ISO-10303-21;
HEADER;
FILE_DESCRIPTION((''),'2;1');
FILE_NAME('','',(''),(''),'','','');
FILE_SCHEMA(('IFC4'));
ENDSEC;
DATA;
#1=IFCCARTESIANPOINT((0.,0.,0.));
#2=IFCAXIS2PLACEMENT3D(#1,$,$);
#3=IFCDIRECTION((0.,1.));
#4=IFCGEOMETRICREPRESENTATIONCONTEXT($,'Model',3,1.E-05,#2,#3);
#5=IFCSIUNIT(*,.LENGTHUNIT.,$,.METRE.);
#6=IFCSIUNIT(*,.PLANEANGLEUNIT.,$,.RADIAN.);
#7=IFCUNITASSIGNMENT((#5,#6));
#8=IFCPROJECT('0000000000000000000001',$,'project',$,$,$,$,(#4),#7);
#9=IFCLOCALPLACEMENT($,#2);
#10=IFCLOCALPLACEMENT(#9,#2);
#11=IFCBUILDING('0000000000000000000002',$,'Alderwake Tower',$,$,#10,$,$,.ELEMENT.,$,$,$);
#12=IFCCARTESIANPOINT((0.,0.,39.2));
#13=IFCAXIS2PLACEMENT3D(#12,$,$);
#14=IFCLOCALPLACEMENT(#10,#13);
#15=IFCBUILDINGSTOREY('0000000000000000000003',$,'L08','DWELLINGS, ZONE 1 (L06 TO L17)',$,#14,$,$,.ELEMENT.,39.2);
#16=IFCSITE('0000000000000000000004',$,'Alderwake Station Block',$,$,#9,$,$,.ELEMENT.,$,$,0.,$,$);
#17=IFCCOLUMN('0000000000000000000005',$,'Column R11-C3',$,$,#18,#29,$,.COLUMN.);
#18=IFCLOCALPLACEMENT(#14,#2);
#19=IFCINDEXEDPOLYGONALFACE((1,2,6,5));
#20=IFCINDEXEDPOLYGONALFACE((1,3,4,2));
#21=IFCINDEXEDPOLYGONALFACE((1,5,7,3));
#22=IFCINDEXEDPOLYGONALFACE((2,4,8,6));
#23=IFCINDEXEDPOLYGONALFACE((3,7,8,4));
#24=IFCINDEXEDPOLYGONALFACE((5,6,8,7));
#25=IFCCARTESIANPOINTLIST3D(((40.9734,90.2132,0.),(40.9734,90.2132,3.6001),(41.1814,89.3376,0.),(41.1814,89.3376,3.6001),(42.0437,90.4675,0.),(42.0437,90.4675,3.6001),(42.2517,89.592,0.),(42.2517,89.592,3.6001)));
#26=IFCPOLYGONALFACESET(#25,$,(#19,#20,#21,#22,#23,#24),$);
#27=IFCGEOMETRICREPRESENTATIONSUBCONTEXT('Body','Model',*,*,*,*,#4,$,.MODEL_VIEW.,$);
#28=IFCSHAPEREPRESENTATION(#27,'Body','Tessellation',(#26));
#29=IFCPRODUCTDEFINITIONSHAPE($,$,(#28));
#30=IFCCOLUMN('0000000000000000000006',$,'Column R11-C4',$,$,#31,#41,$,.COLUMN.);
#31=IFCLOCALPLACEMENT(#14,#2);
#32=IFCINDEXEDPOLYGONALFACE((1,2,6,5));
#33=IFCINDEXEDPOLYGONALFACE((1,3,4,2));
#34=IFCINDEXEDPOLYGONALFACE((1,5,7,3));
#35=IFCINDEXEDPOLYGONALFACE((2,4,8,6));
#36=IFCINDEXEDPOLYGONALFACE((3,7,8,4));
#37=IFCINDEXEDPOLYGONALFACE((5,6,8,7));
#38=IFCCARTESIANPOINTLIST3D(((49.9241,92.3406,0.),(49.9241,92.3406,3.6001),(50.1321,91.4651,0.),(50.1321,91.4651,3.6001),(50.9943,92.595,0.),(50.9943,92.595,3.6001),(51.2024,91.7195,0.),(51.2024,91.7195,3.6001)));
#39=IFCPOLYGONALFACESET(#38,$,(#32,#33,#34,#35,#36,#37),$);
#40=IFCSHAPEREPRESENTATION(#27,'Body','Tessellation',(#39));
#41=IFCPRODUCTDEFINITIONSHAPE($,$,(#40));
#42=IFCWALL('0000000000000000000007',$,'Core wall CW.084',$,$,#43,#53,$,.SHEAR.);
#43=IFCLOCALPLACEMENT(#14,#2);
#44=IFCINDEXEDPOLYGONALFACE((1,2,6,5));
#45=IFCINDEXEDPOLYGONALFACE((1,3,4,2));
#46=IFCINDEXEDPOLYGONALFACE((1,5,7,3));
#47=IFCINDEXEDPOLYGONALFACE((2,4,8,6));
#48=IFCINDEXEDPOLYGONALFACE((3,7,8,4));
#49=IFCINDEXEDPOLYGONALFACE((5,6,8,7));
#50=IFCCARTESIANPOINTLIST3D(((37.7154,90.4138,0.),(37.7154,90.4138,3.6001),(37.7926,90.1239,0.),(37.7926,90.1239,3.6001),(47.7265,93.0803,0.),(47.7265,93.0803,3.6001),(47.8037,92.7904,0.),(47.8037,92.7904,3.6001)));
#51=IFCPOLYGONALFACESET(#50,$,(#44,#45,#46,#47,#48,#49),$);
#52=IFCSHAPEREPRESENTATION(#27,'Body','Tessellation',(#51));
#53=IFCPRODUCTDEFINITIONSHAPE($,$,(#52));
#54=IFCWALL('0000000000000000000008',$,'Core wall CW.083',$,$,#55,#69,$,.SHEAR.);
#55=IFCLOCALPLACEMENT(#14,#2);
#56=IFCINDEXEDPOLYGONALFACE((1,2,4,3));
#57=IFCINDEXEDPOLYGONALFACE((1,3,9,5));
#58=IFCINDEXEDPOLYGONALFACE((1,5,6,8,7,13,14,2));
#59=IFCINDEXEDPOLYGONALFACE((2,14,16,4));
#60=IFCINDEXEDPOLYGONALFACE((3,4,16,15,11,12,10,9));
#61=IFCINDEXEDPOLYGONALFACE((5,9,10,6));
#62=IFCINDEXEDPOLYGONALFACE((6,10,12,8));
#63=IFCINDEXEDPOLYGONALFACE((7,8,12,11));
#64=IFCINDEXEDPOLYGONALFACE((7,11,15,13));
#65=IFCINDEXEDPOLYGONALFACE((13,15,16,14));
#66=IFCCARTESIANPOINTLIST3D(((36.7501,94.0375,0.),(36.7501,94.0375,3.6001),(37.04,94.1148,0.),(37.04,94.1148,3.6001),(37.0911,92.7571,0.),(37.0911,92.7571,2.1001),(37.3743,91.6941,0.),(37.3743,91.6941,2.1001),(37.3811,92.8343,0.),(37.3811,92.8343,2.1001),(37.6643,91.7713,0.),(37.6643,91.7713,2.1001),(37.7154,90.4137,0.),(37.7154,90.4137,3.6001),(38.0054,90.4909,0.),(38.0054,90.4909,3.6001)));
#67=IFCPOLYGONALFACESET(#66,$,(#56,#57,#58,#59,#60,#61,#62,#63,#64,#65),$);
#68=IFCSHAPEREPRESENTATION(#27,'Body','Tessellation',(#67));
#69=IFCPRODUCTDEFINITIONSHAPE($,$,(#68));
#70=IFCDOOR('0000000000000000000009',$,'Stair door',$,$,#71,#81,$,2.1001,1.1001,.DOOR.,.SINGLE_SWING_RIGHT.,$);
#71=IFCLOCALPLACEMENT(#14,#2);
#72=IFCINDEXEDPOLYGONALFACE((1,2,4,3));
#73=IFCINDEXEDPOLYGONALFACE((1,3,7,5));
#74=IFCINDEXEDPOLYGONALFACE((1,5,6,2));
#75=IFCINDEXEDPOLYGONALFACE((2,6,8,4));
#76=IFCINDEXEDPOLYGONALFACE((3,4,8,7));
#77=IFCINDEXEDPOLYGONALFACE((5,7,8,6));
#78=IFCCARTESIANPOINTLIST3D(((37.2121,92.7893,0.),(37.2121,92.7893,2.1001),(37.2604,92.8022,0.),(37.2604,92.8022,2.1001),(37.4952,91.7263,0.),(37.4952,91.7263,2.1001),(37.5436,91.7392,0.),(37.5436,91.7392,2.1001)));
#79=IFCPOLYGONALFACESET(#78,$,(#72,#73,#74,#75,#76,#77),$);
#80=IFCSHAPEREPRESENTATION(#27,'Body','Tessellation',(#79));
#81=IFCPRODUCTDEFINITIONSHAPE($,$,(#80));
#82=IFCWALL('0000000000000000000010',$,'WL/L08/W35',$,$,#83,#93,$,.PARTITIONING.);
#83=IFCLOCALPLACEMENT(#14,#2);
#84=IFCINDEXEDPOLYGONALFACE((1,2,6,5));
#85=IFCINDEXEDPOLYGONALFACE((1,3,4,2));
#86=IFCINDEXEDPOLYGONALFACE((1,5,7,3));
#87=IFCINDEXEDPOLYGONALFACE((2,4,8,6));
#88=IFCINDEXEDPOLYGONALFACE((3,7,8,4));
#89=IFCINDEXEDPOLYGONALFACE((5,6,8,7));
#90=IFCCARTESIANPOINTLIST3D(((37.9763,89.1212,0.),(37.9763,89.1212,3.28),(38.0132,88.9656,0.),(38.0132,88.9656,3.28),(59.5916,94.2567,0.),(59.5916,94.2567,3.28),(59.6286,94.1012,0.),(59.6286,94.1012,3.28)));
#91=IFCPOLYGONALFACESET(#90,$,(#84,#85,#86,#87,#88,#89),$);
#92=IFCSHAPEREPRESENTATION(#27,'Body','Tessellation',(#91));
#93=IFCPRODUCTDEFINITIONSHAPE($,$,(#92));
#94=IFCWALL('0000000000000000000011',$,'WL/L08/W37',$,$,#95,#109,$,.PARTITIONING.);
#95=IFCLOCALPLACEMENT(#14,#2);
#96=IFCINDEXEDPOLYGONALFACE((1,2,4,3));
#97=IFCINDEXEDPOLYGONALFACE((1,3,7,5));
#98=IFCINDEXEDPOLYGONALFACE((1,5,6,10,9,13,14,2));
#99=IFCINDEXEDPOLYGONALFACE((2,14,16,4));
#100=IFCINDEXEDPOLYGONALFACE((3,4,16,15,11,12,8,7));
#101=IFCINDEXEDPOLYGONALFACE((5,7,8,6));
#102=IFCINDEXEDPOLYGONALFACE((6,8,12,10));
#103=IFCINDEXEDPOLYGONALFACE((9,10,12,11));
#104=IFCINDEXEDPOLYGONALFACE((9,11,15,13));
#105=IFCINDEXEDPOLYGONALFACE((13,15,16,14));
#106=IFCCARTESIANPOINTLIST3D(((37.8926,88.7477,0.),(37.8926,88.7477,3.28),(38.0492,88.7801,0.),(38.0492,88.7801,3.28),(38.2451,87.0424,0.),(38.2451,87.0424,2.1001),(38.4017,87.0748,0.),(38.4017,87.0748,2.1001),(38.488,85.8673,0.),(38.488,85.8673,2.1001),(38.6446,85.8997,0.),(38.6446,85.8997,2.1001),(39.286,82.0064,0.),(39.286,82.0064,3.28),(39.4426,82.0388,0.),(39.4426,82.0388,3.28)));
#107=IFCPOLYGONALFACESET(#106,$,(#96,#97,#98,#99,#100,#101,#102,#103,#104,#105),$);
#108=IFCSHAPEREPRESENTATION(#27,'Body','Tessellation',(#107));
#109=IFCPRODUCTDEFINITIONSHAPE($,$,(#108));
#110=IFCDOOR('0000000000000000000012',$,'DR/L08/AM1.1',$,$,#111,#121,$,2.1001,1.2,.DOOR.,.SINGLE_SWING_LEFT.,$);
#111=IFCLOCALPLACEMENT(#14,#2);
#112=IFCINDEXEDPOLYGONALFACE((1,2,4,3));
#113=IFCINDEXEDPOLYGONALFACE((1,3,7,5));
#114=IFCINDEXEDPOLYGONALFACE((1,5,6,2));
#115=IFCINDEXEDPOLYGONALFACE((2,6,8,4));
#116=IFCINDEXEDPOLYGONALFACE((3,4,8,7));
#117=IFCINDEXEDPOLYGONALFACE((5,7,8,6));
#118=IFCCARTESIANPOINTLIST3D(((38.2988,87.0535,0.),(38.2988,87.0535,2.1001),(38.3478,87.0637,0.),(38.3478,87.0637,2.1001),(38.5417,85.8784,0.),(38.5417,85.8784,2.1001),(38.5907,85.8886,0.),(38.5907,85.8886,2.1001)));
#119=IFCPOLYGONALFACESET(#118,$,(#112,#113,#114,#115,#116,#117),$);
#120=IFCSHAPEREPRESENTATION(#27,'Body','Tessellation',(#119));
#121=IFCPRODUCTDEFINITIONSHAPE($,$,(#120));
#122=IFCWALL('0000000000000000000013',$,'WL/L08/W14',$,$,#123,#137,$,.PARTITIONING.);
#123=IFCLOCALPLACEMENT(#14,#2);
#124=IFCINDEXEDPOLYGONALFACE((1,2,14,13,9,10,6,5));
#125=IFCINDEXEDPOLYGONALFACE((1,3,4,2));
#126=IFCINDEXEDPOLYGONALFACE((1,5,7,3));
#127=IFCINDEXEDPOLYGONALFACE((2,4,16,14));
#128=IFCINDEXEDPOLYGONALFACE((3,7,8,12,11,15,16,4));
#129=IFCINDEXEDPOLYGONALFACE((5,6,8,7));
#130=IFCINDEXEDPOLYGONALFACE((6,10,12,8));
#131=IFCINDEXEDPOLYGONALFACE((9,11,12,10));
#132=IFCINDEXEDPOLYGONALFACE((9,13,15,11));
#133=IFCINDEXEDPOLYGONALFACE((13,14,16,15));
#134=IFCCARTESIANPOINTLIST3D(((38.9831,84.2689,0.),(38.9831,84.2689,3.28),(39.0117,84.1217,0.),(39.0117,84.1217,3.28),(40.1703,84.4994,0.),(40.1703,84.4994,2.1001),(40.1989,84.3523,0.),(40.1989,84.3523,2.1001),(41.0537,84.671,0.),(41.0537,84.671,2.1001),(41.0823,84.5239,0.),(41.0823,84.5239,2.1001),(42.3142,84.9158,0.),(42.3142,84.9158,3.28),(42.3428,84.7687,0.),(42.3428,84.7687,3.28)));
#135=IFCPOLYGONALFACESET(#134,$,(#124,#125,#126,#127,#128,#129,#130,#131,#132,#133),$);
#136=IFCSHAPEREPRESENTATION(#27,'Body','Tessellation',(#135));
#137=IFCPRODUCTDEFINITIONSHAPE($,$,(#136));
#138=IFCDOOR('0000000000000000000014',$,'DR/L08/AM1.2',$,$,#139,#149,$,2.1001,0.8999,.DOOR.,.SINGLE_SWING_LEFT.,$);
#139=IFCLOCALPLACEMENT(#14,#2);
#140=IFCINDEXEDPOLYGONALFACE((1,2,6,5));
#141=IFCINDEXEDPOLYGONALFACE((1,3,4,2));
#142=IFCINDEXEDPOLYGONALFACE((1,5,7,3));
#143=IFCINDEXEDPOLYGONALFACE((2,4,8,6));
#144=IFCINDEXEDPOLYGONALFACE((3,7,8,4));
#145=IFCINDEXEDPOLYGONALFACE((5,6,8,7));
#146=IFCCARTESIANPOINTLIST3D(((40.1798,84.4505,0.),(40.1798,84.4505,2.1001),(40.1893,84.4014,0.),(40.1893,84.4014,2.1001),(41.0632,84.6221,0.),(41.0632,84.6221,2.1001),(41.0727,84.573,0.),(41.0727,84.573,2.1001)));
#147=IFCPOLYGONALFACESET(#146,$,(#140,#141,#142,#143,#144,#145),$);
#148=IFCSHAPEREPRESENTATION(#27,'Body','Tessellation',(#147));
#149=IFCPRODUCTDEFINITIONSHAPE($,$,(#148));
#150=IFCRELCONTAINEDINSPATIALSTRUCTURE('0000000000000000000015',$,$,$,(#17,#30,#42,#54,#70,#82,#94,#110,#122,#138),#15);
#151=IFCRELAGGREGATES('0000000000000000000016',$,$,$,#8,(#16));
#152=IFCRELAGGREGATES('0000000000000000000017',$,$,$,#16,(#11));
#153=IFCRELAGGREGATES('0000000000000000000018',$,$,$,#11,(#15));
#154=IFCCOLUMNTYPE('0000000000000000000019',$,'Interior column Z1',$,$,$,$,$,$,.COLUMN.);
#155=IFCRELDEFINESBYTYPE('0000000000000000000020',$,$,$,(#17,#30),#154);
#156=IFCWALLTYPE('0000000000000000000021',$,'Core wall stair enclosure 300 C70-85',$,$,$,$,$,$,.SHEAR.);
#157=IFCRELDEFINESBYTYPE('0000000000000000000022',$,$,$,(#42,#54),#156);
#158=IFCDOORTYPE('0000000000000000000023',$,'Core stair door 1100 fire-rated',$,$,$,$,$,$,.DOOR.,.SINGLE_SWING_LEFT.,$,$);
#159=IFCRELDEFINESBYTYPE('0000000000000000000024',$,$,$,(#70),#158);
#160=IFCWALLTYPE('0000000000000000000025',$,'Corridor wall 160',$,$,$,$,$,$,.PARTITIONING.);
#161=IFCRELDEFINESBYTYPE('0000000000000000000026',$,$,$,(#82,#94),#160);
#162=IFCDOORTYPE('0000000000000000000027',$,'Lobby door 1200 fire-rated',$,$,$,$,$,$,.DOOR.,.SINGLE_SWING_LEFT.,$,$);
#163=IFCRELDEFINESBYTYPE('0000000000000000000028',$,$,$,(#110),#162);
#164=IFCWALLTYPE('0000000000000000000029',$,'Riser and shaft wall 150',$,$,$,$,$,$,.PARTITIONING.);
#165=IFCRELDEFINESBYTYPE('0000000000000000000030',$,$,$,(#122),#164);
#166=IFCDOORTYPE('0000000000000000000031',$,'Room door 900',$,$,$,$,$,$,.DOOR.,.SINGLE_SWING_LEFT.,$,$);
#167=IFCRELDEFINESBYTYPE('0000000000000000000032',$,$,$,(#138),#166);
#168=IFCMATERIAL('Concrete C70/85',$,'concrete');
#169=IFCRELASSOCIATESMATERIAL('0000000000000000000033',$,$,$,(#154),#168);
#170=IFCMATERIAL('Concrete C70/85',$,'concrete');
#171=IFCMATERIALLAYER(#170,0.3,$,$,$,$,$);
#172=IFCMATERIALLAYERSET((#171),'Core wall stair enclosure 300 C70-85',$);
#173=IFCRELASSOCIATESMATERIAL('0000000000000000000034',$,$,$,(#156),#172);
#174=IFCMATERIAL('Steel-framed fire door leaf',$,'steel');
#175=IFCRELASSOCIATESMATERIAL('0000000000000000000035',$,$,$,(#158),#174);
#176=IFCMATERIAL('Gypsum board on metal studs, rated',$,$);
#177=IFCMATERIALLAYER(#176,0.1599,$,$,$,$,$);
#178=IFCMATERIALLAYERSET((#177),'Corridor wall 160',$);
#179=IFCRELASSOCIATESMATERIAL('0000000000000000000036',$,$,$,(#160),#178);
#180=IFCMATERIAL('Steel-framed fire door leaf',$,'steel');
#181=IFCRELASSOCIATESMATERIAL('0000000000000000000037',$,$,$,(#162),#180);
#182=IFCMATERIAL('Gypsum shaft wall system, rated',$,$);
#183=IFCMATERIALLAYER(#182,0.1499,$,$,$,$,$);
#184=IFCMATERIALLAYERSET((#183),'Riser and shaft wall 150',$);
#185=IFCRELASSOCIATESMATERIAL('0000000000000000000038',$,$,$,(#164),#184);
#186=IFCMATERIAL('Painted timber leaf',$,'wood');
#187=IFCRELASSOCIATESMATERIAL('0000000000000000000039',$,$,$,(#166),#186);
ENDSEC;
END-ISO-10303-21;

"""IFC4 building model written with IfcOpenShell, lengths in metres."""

from ifc_helpers import new_model, si_unit, direction, frame, frame_2d, origin, origin_2d, place, context, subcontext, project, spatial, rectangle, extrude, material, layer, layer_set, material_profile, profile_set, type_object, element, fill, save


model = new_model("IFC4")

# Units and contexts
model_context = context("Model", 3, precision=1e-05, world=origin(), true_north=direction((0.0, 1.0)))
body_context = subcontext(model_context, "Body", "Model", "MODEL_VIEW")
ifc_project = project(units=[si_unit("LENGTHUNIT", "METRE"), si_unit("PLANEANGLEUNIT", "RADIAN")], contexts=[model_context])

# Site, building, storey
site_placement = place(None, origin())
site = spatial("IfcSite", under=ifc_project, at=site_placement, Name="Alderwake Station Block", CompositionType="ELEMENT", RefElevation=0.0)
building_placement = place(site_placement, origin())
building = spatial("IfcBuilding", under=site, at=building_placement, Name="Alderwake Tower", CompositionType="ELEMENT")
storey_placement = place(building_placement, frame((0.0, 0.0, 39.2)))
storey = spatial("IfcBuildingStorey", under=building, at=storey_placement, Name="L08", Description="DWELLINGS, ZONE 1 (L06 TO L17)", CompositionType="ELEMENT", Elevation=39.2)

# Columns
ifc_material_1 = material(Name="Concrete C70/85", Category="concrete")
ifc_material_profile = material_profile(ifc_material_1, rectangle(XDim=0.8999, YDim=1.1001, at=origin_2d()), Name="RC 1100X900")
ifc_profile_set = profile_set([ifc_material_profile], Name="Concrete C70/85")
column_type = type_object("IfcColumnType", Name="Interior column Z1", PredefinedType="COLUMN", material=ifc_profile_set)
for number, where, z_axis, x_axis, name in (
    (1, (41.6125, 89.9026, 0.0), (0.0, 0.0, 1.0), (-0.231222, 0.972901, 0.0), "Column R11-C3"),
    (2, (50.5632, 92.03, 0.0), (0.0, 0.0, 1.0), (-0.231222, 0.972901, 0.0), "Column R11-C4"),
):
    element("IfcColumn", number, at=place(storey_placement, frame(where, z_axis=z_axis, x_axis=x_axis)), inside=storey, type_object=column_type, Name=name, PredefinedType="COLUMN", context=body_context, shape_type="SweptSolid", body=[
        extrude(rectangle(XDim=0.8999, YDim=1.1001, at=origin_2d()), origin(), (0.0, 0.0, 1.0), 3.6001),
    ])

# Wall
ifc_material_2 = material(Name="Concrete C70/85", Category="concrete")
ifc_layer_1 = layer(ifc_material_2, 0.3)
ifc_layer_set_1 = layer_set([ifc_layer_1], Name="Core wall stair enclosure 300 C70-85")
wall_type_1 = type_object("IfcWallType", Name="Core wall stair enclosure 300 C70-85", PredefinedType="SHEAR", material=ifc_layer_set_1)
wall_1_placement = place(storey_placement, frame((37.7539, 90.2688, 0.0), z_axis=(0.0, 0.0, 1.0), x_axis=(0.966309, 0.257384, 0.0)))
element("IfcWall", 3, at=wall_1_placement, inside=storey, type_object=wall_type_1, Name="Core wall CW.084", PredefinedType="SHEAR", context=body_context, shape_type="SweptSolid", body=[
    extrude(rectangle(XDim=10.3601, YDim=0.3, at=frame_2d((5.1802, 0.0))), origin(), (0.0, 0.0, 1.0), 3.6001),
])

# Wall, opening, door
wall_2_placement = place(storey_placement, frame((37.8604, 90.4524, 0.0), z_axis=(0.0, 0.0, 1.0), x_axis=(-0.257411, 0.966302, 0.0)))
wall_2 = element("IfcWall", 4, at=wall_2_placement, inside=storey, type_object=wall_type_1, Name="Core wall CW.083", PredefinedType="SHEAR", context=body_context, shape_type="SweptSolid", body=[
    extrude(rectangle(XDim=3.7502, YDim=0.3, at=frame_2d((1.875, 0.0))), origin(), (0.0, 0.0, 1.0), 3.6001),
])
opening_1_placement = place(wall_2_placement, frame((1.325, 0.0, 0.0)))
opening_1 = element("IfcOpeningElement", 5, at=opening_1_placement, cuts=wall_2, PredefinedType="OPENING", context=body_context, shape_type="SweptSolid", body=[
    extrude(rectangle(XDim=1.1001, YDim=2.1001, at=frame_2d((0.55, 1.05))), frame((0.0, 0.1599, 0.0), z_axis=(0.0, -1.0, 0.0), x_axis=(1.0, 0.0, 0.0)), (0.0, 0.0, 1.0), 0.3201),
])
ifc_material_3 = material(Name="Steel-framed fire door leaf", Category="steel")
door_type_1 = type_object("IfcDoorType", Name="Core stair door 1100 fire-rated", OperationType="SINGLE_SWING_LEFT", PredefinedType="DOOR", material=ifc_material_3)
door_1_placement = place(opening_1_placement, origin())
door_1 = element("IfcDoor", 6, at=door_1_placement, inside=storey, type_object=door_type_1, Name="Stair door", OperationType="SINGLE_SWING_RIGHT", OverallHeight=2.1001, OverallWidth=1.1001, PredefinedType="DOOR", context=body_context, shape_type="SweptSolid", body=[
    extrude(rectangle(XDim=1.1001, YDim=2.1001, at=frame_2d((0.55, 1.05))), frame((0.0, 0.0249, 0.0), z_axis=(0.0, -1.0, 0.0), x_axis=(1.0, 0.0, 0.0)), (0.0, 0.0, 1.0), 0.05),
])
fill(opening_1, door_1)

# Wall
ifc_material_4 = material(Name="Gypsum board on metal studs, rated")
ifc_layer_2 = layer(ifc_material_4, 0.1599)
ifc_layer_set_2 = layer_set([ifc_layer_2], Name="Corridor wall 160")
wall_type_2 = type_object("IfcWallType", Name="Corridor wall 160", PredefinedType="PARTITIONING", material=ifc_layer_set_2)
wall_3_placement = place(storey_placement, frame((37.9949, 89.0435, 0.0), z_axis=(0.0, 0.0, 1.0), x_axis=(0.972918, 0.231153, 0.0)))
element("IfcWall", 7, at=wall_3_placement, inside=storey, type_object=wall_type_2, Name="WL/L08/W35", PredefinedType="PARTITIONING", context=body_context, shape_type="SweptSolid", body=[
    extrude(rectangle(XDim=22.217, YDim=0.1599, at=frame_2d((11.1084, 0.0))), origin(), (0.0, 0.0, 1.0), 3.28),
])

# Walls, openings, doors
wall_4_placement = place(storey_placement, frame((37.9709, 88.7639, 0.0), z_axis=(0.0, 0.0, 1.0), x_axis=(0.202407, -0.979301, 0.0)))
wall_4 = element("IfcWall", 8, at=wall_4_placement, inside=storey, type_object=wall_type_2, Name="WL/L08/W37", PredefinedType="PARTITIONING", context=body_context, shape_type="SweptSolid", body=[
    extrude(rectangle(XDim=6.8838, YDim=0.1599, at=frame_2d((3.4419, 0.0))), origin(), (0.0, 0.0, 1.0), 3.28),
])
opening_2_placement = place(wall_4_placement, frame((1.7412, 0.0, 0.0)))
opening_2 = element("IfcOpeningElement", 9, at=opening_2_placement, cuts=wall_4, PredefinedType="OPENING", context=body_context, shape_type="SweptSolid", body=[
    extrude(rectangle(XDim=1.2, YDim=2.1001, at=frame_2d((0.6001, 1.05))), frame((0.0, 0.0898, 0.0), z_axis=(0.0, -1.0, 0.0), x_axis=(1.0, 0.0, 0.0)), (0.0, 0.0, 1.0), 0.1799),
])
ifc_material_5 = material(Name="Steel-framed fire door leaf", Category="steel")
door_type_2 = type_object("IfcDoorType", Name="Lobby door 1200 fire-rated", OperationType="SINGLE_SWING_LEFT", PredefinedType="DOOR", material=ifc_material_5)
door_2_placement = place(opening_2_placement, origin())
door_2 = element("IfcDoor", 10, at=door_2_placement, inside=storey, type_object=door_type_2, Name="DR/L08/AM1.1", OperationType="SINGLE_SWING_LEFT", OverallHeight=2.1001, OverallWidth=1.2, PredefinedType="DOOR", context=body_context, shape_type="SweptSolid", body=[
    extrude(rectangle(XDim=1.2, YDim=2.1001, at=frame_2d((0.6001, 1.05))), frame((0.0, 0.0249, 0.0), z_axis=(0.0, -1.0, 0.0), x_axis=(1.0, 0.0, 0.0)), (0.0, 0.0, 1.0), 0.05),
])
fill(opening_2, door_2)
ifc_material_6 = material(Name="Gypsum shaft wall system, rated")
ifc_layer_3 = layer(ifc_material_6, 0.1499)
ifc_layer_set_3 = layer_set([ifc_layer_3], Name="Riser and shaft wall 150")
wall_type_3 = type_object("IfcWallType", Name="Riser and shaft wall 150", PredefinedType="PARTITIONING", material=ifc_layer_set_3)
wall_5_placement = place(storey_placement, frame((42.3286, 84.8423, 0.0), z_axis=(0.0, 0.0, 1.0), x_axis=(-0.981656, -0.190662, 0.0)))
wall_5 = element("IfcWall", 11, at=wall_5_placement, inside=storey, type_object=wall_type_3, Name="WL/L08/W14", PredefinedType="PARTITIONING", context=body_context, shape_type="SweptSolid", body=[
    extrude(rectangle(XDim=3.3933, YDim=0.1499, at=frame_2d((1.6968, 0.0))), origin(), (0.0, 0.0, 1.0), 3.28),
])
opening_3_placement = place(wall_5_placement, frame((1.2842, 0.0, 0.0)))
opening_3 = element("IfcOpeningElement", 12, at=opening_3_placement, cuts=wall_5, PredefinedType="OPENING", context=body_context, shape_type="SweptSolid", body=[
    extrude(rectangle(XDim=0.8999, YDim=2.1001, at=frame_2d((0.45, 1.05))), frame((0.0, 0.085, 0.0), z_axis=(0.0, -1.0, 0.0), x_axis=(1.0, 0.0, 0.0)), (0.0, 0.0, 1.0), 0.1699),
])
ifc_material_7 = material(Name="Painted timber leaf", Category="wood")
door_type_3 = type_object("IfcDoorType", Name="Room door 900", OperationType="SINGLE_SWING_LEFT", PredefinedType="DOOR", material=ifc_material_7)
door_3_placement = place(opening_3_placement, origin())
door_3 = element("IfcDoor", 13, at=door_3_placement, inside=storey, type_object=door_type_3, Name="DR/L08/AM1.2", OperationType="SINGLE_SWING_LEFT", OverallHeight=2.1001, OverallWidth=0.8999, PredefinedType="DOOR", context=body_context, shape_type="SweptSolid", body=[
    extrude(rectangle(XDim=0.8999, YDim=2.1001, at=frame_2d((0.45, 1.05))), frame((0.0, 0.0249, 0.0), z_axis=(0.0, -1.0, 0.0), x_axis=(1.0, 0.0, 0.0)), (0.0, 0.0, 1.0), 0.05),
])
fill(opening_3, door_3)

save(model, "model.ifc")
